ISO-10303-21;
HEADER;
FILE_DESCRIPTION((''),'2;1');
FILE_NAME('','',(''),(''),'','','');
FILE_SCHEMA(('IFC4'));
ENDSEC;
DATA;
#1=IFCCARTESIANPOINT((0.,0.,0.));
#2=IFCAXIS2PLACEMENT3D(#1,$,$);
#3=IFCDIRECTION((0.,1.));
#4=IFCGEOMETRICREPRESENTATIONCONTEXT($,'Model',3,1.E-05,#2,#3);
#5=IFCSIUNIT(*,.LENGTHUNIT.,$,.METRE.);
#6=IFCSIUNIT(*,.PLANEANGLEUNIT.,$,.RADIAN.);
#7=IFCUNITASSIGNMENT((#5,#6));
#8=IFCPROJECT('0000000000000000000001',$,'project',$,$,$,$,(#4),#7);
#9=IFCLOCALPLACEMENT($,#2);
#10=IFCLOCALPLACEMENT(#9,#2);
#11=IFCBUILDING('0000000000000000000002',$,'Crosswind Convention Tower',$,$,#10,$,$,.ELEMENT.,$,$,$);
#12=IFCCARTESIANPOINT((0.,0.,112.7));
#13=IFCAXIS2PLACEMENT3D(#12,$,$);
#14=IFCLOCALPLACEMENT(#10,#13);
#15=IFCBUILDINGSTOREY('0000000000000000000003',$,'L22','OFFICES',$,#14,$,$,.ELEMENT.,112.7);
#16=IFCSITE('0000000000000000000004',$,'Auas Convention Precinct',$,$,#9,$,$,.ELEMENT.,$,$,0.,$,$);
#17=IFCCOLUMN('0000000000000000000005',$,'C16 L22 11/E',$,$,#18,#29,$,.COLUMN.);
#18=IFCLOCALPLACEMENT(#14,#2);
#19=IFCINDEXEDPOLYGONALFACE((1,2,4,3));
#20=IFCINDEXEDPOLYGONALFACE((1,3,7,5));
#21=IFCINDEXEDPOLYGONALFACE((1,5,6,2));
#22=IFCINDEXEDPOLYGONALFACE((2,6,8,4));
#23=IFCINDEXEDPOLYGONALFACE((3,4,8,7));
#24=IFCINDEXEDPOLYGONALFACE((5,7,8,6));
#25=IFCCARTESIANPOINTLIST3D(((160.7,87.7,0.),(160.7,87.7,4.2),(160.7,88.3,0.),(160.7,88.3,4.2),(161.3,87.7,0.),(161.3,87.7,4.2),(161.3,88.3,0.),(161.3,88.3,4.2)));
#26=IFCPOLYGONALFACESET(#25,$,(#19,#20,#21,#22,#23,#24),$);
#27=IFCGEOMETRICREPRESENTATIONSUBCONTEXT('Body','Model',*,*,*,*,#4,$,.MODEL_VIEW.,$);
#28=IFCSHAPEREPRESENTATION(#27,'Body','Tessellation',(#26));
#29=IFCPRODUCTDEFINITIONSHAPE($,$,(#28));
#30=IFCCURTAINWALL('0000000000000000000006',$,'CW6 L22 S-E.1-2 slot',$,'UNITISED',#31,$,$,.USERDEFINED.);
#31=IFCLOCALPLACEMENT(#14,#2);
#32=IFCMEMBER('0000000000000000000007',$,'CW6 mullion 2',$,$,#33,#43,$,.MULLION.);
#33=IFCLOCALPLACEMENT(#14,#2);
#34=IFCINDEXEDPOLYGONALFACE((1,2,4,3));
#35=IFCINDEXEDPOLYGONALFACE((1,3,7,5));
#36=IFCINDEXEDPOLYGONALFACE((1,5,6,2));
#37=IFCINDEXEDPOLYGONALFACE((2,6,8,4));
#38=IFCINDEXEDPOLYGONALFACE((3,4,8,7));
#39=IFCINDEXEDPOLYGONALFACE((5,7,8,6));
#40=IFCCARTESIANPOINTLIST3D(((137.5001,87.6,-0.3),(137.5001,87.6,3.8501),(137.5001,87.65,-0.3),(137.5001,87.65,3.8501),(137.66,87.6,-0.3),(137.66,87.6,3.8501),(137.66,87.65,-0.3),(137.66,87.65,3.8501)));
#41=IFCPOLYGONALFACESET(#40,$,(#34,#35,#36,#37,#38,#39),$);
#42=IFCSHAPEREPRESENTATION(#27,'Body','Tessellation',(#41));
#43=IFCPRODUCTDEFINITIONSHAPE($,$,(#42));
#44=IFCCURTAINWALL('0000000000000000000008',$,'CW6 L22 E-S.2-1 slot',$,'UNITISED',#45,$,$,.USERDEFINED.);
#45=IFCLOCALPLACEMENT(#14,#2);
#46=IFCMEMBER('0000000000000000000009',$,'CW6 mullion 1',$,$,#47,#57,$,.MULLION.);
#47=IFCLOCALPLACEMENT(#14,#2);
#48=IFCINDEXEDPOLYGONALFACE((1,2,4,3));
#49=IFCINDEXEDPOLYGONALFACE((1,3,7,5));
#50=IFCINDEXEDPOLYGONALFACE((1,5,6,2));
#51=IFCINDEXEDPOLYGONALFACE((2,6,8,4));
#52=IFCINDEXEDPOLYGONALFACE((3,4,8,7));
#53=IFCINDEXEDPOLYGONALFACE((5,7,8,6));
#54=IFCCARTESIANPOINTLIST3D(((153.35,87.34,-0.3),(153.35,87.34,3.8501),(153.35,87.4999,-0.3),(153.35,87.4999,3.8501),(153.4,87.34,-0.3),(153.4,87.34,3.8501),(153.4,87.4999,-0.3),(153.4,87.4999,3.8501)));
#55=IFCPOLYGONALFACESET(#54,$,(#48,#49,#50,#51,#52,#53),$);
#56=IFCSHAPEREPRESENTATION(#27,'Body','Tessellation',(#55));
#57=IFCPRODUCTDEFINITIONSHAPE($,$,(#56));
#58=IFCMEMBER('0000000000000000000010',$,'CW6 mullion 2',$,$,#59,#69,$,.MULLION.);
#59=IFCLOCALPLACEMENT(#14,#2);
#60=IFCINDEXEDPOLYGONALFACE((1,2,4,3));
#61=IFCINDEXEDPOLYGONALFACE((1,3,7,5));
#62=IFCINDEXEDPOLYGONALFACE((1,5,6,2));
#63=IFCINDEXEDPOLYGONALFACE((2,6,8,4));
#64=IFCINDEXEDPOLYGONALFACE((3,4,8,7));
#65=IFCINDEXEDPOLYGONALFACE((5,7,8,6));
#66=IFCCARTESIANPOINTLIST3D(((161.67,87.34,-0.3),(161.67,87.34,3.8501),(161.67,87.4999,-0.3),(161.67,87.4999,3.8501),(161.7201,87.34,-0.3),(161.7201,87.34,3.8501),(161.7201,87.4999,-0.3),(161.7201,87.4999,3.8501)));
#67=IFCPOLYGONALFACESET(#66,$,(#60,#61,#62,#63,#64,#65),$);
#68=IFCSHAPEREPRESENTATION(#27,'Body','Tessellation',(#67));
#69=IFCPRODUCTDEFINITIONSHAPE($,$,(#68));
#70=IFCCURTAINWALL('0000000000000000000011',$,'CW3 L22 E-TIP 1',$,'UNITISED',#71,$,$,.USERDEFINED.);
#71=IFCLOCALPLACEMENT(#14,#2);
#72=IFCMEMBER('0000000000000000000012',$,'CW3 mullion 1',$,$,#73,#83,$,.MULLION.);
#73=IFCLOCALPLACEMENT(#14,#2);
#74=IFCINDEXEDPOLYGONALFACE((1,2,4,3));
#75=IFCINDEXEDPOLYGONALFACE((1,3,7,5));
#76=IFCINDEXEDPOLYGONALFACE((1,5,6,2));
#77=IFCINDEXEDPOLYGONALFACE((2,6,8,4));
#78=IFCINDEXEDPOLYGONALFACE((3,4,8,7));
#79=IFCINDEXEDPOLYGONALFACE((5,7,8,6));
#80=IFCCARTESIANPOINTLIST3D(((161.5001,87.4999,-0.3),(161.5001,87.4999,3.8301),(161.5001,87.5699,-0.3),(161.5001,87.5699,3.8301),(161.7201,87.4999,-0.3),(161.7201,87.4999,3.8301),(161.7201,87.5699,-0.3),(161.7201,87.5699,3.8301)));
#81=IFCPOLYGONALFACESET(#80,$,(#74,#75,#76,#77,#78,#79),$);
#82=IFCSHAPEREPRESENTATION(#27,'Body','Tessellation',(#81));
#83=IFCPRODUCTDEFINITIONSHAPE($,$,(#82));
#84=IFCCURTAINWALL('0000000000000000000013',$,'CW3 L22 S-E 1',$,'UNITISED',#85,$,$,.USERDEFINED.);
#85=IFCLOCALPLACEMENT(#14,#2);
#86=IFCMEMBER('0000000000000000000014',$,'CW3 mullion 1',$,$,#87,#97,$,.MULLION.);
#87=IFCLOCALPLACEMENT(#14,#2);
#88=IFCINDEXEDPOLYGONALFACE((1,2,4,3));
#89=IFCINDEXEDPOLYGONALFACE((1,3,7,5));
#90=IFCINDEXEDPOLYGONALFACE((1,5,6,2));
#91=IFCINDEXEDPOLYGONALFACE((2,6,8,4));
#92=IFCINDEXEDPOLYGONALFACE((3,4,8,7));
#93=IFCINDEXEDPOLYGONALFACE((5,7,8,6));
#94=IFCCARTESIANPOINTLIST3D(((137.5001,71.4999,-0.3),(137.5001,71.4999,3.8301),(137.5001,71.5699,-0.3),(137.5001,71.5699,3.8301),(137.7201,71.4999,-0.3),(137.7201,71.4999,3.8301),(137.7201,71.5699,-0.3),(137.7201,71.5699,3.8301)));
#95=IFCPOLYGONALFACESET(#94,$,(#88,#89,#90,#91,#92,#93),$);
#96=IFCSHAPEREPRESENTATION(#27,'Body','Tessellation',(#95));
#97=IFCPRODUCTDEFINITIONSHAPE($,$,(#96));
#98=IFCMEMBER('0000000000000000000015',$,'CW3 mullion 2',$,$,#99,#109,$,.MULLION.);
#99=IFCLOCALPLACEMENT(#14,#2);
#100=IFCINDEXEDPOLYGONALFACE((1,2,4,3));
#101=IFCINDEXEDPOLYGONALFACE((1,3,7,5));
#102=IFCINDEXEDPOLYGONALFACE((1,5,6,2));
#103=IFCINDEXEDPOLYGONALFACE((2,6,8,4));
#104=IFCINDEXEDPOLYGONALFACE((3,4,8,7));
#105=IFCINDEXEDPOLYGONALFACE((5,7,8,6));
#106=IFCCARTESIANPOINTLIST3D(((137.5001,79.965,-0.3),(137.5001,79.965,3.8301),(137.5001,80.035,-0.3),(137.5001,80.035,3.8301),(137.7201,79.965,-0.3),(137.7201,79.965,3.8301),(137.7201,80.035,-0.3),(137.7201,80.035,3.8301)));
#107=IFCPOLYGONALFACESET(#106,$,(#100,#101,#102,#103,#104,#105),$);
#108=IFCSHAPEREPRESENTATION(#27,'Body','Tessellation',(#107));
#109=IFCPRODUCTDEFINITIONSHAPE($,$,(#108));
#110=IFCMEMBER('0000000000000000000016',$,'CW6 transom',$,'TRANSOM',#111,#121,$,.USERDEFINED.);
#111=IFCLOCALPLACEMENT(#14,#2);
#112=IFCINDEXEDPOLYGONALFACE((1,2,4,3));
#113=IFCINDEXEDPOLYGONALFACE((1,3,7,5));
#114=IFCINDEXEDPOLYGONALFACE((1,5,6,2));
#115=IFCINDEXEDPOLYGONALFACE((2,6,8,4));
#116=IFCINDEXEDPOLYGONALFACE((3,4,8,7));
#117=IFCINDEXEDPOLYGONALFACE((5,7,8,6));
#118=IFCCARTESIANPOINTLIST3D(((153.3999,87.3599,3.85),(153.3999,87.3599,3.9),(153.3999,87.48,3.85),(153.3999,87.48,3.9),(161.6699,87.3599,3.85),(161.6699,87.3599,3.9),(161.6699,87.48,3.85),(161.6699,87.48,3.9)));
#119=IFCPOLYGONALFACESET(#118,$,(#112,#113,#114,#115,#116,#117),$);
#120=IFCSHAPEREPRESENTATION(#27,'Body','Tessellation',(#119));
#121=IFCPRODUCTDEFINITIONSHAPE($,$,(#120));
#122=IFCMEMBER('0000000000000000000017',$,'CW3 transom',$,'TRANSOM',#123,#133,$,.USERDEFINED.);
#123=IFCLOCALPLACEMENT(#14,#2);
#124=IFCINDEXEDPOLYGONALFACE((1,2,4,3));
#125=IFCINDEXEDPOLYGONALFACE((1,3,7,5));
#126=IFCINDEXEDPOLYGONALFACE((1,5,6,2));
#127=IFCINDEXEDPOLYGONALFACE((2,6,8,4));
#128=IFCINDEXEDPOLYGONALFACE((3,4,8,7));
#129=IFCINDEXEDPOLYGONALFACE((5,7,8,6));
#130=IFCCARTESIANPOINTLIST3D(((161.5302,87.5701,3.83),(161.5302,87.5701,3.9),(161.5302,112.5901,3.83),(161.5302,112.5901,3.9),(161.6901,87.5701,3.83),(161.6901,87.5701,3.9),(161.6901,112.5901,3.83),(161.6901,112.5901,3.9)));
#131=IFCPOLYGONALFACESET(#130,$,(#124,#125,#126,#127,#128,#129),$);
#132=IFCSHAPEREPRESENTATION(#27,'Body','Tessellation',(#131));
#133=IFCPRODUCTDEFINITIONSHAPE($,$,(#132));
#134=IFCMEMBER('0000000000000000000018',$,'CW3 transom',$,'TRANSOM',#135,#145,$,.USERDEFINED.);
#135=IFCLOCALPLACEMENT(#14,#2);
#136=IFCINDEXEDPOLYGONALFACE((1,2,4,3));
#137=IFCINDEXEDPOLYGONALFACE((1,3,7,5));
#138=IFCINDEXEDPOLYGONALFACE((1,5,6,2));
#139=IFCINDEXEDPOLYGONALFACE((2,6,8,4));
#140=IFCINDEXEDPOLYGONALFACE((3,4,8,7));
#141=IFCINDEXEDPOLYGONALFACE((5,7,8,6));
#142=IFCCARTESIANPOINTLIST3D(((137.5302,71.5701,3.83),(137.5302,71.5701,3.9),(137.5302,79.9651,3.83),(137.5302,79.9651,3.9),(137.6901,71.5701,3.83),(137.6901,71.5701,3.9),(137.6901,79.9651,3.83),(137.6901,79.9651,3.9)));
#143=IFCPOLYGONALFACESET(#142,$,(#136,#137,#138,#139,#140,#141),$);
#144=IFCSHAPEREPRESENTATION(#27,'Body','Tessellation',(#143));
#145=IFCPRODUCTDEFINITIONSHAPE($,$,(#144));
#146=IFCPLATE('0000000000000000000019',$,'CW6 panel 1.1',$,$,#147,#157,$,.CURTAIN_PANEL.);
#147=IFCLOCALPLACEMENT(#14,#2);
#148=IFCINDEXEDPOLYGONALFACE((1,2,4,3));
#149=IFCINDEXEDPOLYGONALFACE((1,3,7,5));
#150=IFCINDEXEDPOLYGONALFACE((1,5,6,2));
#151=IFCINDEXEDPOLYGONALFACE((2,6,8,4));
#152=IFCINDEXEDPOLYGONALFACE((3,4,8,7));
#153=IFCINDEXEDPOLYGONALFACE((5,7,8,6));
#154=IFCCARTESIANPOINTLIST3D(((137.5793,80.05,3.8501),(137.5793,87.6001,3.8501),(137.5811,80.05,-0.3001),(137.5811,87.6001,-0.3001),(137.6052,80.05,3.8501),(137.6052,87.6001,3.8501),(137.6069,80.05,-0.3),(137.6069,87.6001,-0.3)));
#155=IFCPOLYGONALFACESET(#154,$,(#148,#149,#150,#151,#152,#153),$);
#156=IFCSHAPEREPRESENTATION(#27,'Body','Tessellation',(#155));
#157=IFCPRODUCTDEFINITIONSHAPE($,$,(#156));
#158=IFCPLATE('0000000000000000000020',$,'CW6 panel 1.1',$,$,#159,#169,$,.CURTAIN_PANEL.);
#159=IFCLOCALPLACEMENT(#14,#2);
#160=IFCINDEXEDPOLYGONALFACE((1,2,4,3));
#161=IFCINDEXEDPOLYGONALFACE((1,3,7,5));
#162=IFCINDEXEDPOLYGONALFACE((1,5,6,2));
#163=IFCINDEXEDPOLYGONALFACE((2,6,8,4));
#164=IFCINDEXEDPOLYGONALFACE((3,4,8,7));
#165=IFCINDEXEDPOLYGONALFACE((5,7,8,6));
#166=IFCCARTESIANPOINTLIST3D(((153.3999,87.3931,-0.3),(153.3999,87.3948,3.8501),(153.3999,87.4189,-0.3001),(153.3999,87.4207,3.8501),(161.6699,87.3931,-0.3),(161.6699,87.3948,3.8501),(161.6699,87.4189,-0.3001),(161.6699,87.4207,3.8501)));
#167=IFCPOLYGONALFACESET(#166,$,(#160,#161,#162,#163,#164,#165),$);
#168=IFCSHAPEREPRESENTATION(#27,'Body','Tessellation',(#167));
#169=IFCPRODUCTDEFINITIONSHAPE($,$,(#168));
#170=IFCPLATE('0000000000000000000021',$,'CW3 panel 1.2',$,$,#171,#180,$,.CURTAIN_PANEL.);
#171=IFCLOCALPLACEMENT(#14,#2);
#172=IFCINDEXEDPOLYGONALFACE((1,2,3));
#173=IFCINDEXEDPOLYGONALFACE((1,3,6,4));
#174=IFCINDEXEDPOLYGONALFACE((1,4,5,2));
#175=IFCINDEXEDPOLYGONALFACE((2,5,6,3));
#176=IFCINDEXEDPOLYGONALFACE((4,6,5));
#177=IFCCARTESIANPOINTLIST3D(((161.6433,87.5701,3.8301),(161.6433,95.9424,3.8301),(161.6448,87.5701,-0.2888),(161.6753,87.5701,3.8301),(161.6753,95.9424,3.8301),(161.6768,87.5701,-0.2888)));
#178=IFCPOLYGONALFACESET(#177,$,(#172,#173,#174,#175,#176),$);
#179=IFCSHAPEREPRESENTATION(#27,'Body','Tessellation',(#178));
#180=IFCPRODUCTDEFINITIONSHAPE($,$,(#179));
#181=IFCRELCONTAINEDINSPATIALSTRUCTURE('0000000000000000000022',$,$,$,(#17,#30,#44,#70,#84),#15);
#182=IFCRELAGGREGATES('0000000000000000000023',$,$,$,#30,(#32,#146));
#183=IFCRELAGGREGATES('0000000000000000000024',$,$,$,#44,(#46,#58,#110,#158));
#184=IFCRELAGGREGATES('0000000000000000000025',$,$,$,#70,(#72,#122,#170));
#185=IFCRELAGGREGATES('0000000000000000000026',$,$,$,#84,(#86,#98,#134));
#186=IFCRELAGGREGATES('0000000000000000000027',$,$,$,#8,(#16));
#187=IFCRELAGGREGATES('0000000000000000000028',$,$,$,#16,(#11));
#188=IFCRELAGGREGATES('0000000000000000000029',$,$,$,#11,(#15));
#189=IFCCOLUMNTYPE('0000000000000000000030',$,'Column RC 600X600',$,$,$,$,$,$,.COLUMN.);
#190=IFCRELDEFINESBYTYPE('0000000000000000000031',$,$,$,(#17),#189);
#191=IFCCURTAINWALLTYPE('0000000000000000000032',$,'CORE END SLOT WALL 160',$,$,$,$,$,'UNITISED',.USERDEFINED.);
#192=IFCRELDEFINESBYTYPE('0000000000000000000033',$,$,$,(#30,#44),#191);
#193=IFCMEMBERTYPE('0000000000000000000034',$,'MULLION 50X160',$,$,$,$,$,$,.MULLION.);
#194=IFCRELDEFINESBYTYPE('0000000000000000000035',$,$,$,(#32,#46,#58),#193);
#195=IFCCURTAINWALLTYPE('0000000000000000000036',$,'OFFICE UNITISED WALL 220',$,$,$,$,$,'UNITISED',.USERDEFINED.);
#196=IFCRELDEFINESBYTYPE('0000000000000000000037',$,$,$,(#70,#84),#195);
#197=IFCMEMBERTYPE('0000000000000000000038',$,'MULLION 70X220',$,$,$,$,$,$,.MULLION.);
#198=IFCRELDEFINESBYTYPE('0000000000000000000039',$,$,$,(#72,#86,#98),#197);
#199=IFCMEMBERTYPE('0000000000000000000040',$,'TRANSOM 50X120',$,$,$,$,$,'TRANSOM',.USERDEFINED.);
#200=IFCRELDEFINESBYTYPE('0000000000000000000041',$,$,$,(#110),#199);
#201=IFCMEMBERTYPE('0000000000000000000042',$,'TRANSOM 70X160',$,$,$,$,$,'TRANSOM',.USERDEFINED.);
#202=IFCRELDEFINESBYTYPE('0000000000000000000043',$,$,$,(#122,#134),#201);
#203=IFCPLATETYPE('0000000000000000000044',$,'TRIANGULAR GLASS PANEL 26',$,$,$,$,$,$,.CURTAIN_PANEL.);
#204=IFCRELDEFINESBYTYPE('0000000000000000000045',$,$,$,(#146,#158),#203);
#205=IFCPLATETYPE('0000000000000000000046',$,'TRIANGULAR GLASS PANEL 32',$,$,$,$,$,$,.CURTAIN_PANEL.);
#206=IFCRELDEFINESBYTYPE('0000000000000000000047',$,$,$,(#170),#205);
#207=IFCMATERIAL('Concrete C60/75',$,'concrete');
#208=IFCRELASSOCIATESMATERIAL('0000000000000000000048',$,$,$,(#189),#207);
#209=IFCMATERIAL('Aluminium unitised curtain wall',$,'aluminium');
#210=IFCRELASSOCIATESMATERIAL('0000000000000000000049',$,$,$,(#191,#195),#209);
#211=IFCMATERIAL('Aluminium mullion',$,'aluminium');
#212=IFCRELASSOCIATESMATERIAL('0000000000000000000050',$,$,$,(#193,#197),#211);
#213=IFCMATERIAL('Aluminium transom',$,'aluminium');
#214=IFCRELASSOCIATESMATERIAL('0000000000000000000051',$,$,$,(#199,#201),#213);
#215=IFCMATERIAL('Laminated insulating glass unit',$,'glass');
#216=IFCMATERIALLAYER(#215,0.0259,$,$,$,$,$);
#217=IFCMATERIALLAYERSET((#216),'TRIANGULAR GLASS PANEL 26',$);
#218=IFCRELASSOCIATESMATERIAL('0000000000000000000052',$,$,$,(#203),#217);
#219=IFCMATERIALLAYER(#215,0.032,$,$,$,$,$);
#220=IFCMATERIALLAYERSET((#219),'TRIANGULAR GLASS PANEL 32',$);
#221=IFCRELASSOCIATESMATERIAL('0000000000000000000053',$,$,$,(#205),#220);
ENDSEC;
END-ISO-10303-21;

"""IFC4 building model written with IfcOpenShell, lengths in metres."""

from ifc_helpers import new_model, si_unit, direction, frame, origin, origin_2d, place, context, subcontext, project, spatial, polyline, rectangle, outline, extrude, material, layer, layer_set, material_profile, profile_set, type_object, element, aggregate, save


model = new_model("IFC4")

# Units and contexts
model_context = context("Model", 3, precision=1e-05, world=origin(), true_north=direction((0.0, 1.0)))
body_context = subcontext(model_context, "Body", "Model", "MODEL_VIEW")
ifc_project = project(units=[si_unit("LENGTHUNIT", "METRE"), si_unit("PLANEANGLEUNIT", "RADIAN")], contexts=[model_context])

# Site, building, storey
site_placement = place(None, origin())
site = spatial("IfcSite", under=ifc_project, at=site_placement, Name="Auas Convention Precinct", CompositionType="ELEMENT", RefElevation=0.0)
building_placement = place(site_placement, origin())
building = spatial("IfcBuilding", under=site, at=building_placement, Name="Crosswind Convention Tower", CompositionType="ELEMENT")
storey_placement = place(building_placement, frame((0.0, 0.0, 112.7)))
storey = spatial("IfcBuildingStorey", under=building, at=storey_placement, Name="L22", Description="OFFICES", CompositionType="ELEMENT", Elevation=112.7)

# Column
ifc_material_1 = material(Name="Concrete C60/75", Category="concrete")
ifc_material_profile_1 = material_profile(ifc_material_1, rectangle(XDim=0.6001, YDim=0.6001, at=origin_2d()), Name="RC 600X600")
ifc_profile_set_1 = profile_set([ifc_material_profile_1], Name="Concrete C60/75")
column_type = type_object("IfcColumnType", Name="Column RC 600X600", PredefinedType="COLUMN", material=ifc_profile_set_1)
column_placement = place(storey_placement, frame((161.0, 88.0, 0.0), z_axis=(0.0, 0.0, 1.0), x_axis=(1.0, 0.0, 0.0)))
element("IfcColumn", 1, at=column_placement, inside=storey, type_object=column_type, Name="C16 L22 11/E", PredefinedType="COLUMN", context=body_context, shape_type="SweptSolid", body=[
    extrude(rectangle(XDim=0.6001, YDim=0.6001, at=origin_2d()), origin(), (0.0, 0.0, 1.0), 4.2),
])

# Curtain wall, member
ifc_material_2 = material(Name="Aluminium unitised curtain wall", Category="aluminium")
curtain_wall_type_1 = type_object("IfcCurtainWallType", Name="CORE END SLOT WALL 160", ElementType="UNITISED", PredefinedType="USERDEFINED", material=ifc_material_2)
curtain_wall_1_placement = place(storey_placement, origin())
curtain_wall_1 = element("IfcCurtainWall", 2, at=curtain_wall_1_placement, inside=storey, type_object=curtain_wall_type_1, Name="CW6 L22 S-E.1-2 slot", ObjectType="UNITISED", PredefinedType="USERDEFINED")
ifc_material_3 = material(Name="Aluminium mullion", Category="aluminium")
ifc_material_profile_2 = material_profile(ifc_material_3, rectangle(XDim=0.1599, YDim=0.05, at=origin_2d()), Name="AL 160X50")
ifc_profile_set_2 = profile_set([ifc_material_profile_2], Name="Aluminium mullion")
member_type_1 = type_object("IfcMemberType", Name="MULLION 50X160", PredefinedType="MULLION", material=ifc_profile_set_2)
member_1_placement = place(storey_placement, frame((137.5801, 87.625, -0.3), z_axis=(0.0, 0.0, 1.0), x_axis=(1.0, 0.0, 0.0)))
member_1 = element("IfcMember", 3, at=member_1_placement, type_object=member_type_1, Name="CW6 mullion 2", PredefinedType="MULLION", context=body_context, shape_type="SweptSolid", body=[
    extrude(rectangle(XDim=0.1599, YDim=0.05, at=origin_2d()), origin(), (0.0, 0.0, 1.0), 4.1501),
])

# Curtain wall, members
curtain_wall_2_placement = place(storey_placement, origin())
curtain_wall_2 = element("IfcCurtainWall", 4, at=curtain_wall_2_placement, inside=storey, type_object=curtain_wall_type_1, Name="CW6 L22 E-S.2-1 slot", ObjectType="UNITISED", PredefinedType="USERDEFINED")
member_2_placement = place(storey_placement, frame((153.375, 87.4199, -0.3), z_axis=(0.0, 0.0, 1.0), x_axis=(0.0, -1.0, 0.0)))
member_2 = element("IfcMember", 5, at=member_2_placement, type_object=member_type_1, Name="CW6 mullion 1", PredefinedType="MULLION", context=body_context, shape_type="SweptSolid", body=[
    extrude(rectangle(XDim=0.1599, YDim=0.05, at=origin_2d()), origin(), (0.0, 0.0, 1.0), 4.1501),
])
member_3_placement = place(storey_placement, frame((161.6951, 87.4199, -0.3), z_axis=(0.0, 0.0, 1.0), x_axis=(0.0, -1.0, 0.0)))
member_3 = element("IfcMember", 6, at=member_3_placement, type_object=member_type_1, Name="CW6 mullion 2", PredefinedType="MULLION", context=body_context, shape_type="SweptSolid", body=[
    extrude(rectangle(XDim=0.1599, YDim=0.05, at=origin_2d()), origin(), (0.0, 0.0, 1.0), 4.1501),
])

# Curtain wall, member
curtain_wall_type_2 = type_object("IfcCurtainWallType", Name="OFFICE UNITISED WALL 220", ElementType="UNITISED", PredefinedType="USERDEFINED", material=ifc_material_2)
curtain_wall_3_placement = place(storey_placement, origin())
curtain_wall_3 = element("IfcCurtainWall", 7, at=curtain_wall_3_placement, inside=storey, type_object=curtain_wall_type_2, Name="CW3 L22 E-TIP 1", ObjectType="UNITISED", PredefinedType="USERDEFINED")
ifc_material_profile_3 = material_profile(ifc_material_3, rectangle(XDim=0.22, YDim=0.0701, at=origin_2d()), Name="AL 220X70")
ifc_profile_set_3 = profile_set([ifc_material_profile_3], Name="Aluminium mullion")
member_type_2 = type_object("IfcMemberType", Name="MULLION 70X220", PredefinedType="MULLION", material=ifc_profile_set_3)
member_4_placement = place(storey_placement, frame((161.6101, 87.5349, -0.3), z_axis=(0.0, 0.0, 1.0), x_axis=(1.0, 0.0, 0.0)))
member_4 = element("IfcMember", 8, at=member_4_placement, type_object=member_type_2, Name="CW3 mullion 1", PredefinedType="MULLION", context=body_context, shape_type="SweptSolid", body=[
    extrude(rectangle(XDim=0.22, YDim=0.0701, at=origin_2d()), origin(), (0.0, 0.0, 1.0), 4.1301),
])

# Curtain wall, members
curtain_wall_4_placement = place(storey_placement, origin())
curtain_wall_4 = element("IfcCurtainWall", 9, at=curtain_wall_4_placement, inside=storey, type_object=curtain_wall_type_2, Name="CW3 L22 S-E 1", ObjectType="UNITISED", PredefinedType="USERDEFINED")
member_5_placement = place(storey_placement, frame((137.6101, 71.5349, -0.3), z_axis=(0.0, 0.0, 1.0), x_axis=(1.0, 0.0, 0.0)))
member_5 = element("IfcMember", 10, at=member_5_placement, type_object=member_type_2, Name="CW3 mullion 1", PredefinedType="MULLION", context=body_context, shape_type="SweptSolid", body=[
    extrude(rectangle(XDim=0.22, YDim=0.0701, at=origin_2d()), origin(), (0.0, 0.0, 1.0), 4.1301),
])
member_6_placement = place(storey_placement, frame((137.6101, 80.0, -0.3), z_axis=(0.0, 0.0, 1.0), x_axis=(1.0, 0.0, 0.0)))
member_6 = element("IfcMember", 11, at=member_6_placement, type_object=member_type_2, Name="CW3 mullion 2", PredefinedType="MULLION", context=body_context, shape_type="SweptSolid", body=[
    extrude(rectangle(XDim=0.22, YDim=0.0701, at=origin_2d()), origin(), (0.0, 0.0, 1.0), 4.1301),
])

# Members
ifc_material_4 = material(Name="Aluminium transom", Category="aluminium")
ifc_material_profile_4 = material_profile(ifc_material_4, rectangle(XDim=0.1201, YDim=0.05, at=origin_2d()), Name="AL 120X50")
ifc_profile_set_4 = profile_set([ifc_material_profile_4], Name="Aluminium transom")
member_type_3 = type_object("IfcMemberType", Name="TRANSOM 50X120", ElementType="TRANSOM", PredefinedType="USERDEFINED", material=ifc_profile_set_4)
member_7_placement = place(storey_placement, frame((153.3999, 87.4199, 3.875), z_axis=(1.0, 0.0, 0.0), x_axis=(0.0, 1.0, 0.0)))
member_7 = element("IfcMember", 12, at=member_7_placement, type_object=member_type_3, Name="CW6 transom", ObjectType="TRANSOM", PredefinedType="USERDEFINED", context=body_context, shape_type="SweptSolid", body=[
    extrude(rectangle(XDim=0.1201, YDim=0.05, at=origin_2d()), origin(), (0.0, 0.0, 1.0), 8.27),
])
ifc_material_profile_5 = material_profile(ifc_material_4, rectangle(XDim=0.1599, YDim=0.0701, at=origin_2d()), Name="AL 160X70")
ifc_profile_set_5 = profile_set([ifc_material_profile_5], Name="Aluminium transom")
member_type_4 = type_object("IfcMemberType", Name="TRANSOM 70X160", ElementType="TRANSOM", PredefinedType="USERDEFINED", material=ifc_profile_set_5)
member_8_placement = place(storey_placement, frame((161.6101, 87.5701, 3.865), z_axis=(0.0, 1.0, 0.0), x_axis=(-1.0, 0.0, 0.0)))
member_8 = element("IfcMember", 13, at=member_8_placement, type_object=member_type_4, Name="CW3 transom", ObjectType="TRANSOM", PredefinedType="USERDEFINED", context=body_context, shape_type="SweptSolid", body=[
    extrude(rectangle(XDim=0.1599, YDim=0.0701, at=origin_2d()), origin(), (0.0, 0.0, 1.0), 25.02),
])
member_9_placement = place(storey_placement, frame((137.6101, 71.5701, 3.865), z_axis=(0.0, 1.0, 0.0), x_axis=(-1.0, 0.0, 0.0)))
member_9 = element("IfcMember", 14, at=member_9_placement, type_object=member_type_4, Name="CW3 transom", ObjectType="TRANSOM", PredefinedType="USERDEFINED", context=body_context, shape_type="SweptSolid", body=[
    extrude(rectangle(XDim=0.1599, YDim=0.0701, at=origin_2d()), origin(), (0.0, 0.0, 1.0), 8.395),
])

# Plates
ifc_material_5 = material(Name="Laminated insulating glass unit", Category="glass")
ifc_layer_1 = layer(ifc_material_5, 0.0259)
ifc_layer_set_1 = layer_set([ifc_layer_1], Name="TRIANGULAR GLASS PANEL 26")
plate_type_1 = type_object("IfcPlateType", Name="TRIANGULAR GLASS PANEL 26", PredefinedType="CURTAIN_PANEL", material=ifc_layer_set_1)
plate_1_placement = place(storey_placement, frame((137.6069, 80.05, -0.3), z_axis=(1.0, 0.0, 0.000412), x_axis=(0.0, 1.0, 0.0)))
plate_1 = element("IfcPlate", 15, at=plate_1_placement, type_object=plate_type_1, Name="CW6 panel 1.1", PredefinedType="CURTAIN_PANEL", context=body_context, shape_type="SweptSolid", body=[
    extrude(outline(polyline([(0.0, 0.0), (7.55, 0.0), (7.55, 4.1501), (0.0, 4.1501), (0.0, 0.0)])), origin(), (0.0, 0.0, -1.0), 0.0259),
])
aggregate(curtain_wall_1, [member_1, plate_1])
plate_2_placement = place(storey_placement, frame((153.3999, 87.3931, -0.3), z_axis=(0.0, -1.0, 0.000412), x_axis=(1.0, 0.0, 0.0)))
plate_2 = element("IfcPlate", 16, at=plate_2_placement, type_object=plate_type_1, Name="CW6 panel 1.1", PredefinedType="CURTAIN_PANEL", context=body_context, shape_type="SweptSolid", body=[
    extrude(outline(polyline([(0.0, 0.0), (8.27, 0.0), (8.27, 4.1501), (0.0, 4.1501), (0.0, 0.0)])), origin(), (0.0, 0.0, -1.0), 0.0259),
])
aggregate(curtain_wall_2, [member_2, member_3, member_7, plate_2])
ifc_layer_2 = layer(ifc_material_5, 0.032)
ifc_layer_set_2 = layer_set([ifc_layer_2], Name="TRIANGULAR GLASS PANEL 32")
plate_type_2 = type_object("IfcPlateType", Name="TRIANGULAR GLASS PANEL 32", PredefinedType="CURTAIN_PANEL", material=ifc_layer_set_2)
plate_3_placement = place(storey_placement, frame((161.6753, 87.5701, 3.8301), z_axis=(1.0, 0.0, 0.000356), x_axis=(0.000356, 0.0, -1.0)))
plate_3 = element("IfcPlate", 17, at=plate_3_placement, type_object=plate_type_2, Name="CW3 panel 1.2", PredefinedType="CURTAIN_PANEL", context=body_context, shape_type="SweptSolid", body=[
    extrude(outline(polyline([(0.0, 0.0), (4.1189, 0.0), (0.0, 8.3723), (0.0, 0.0)])), origin(), (0.0, 0.0, -1.0), 0.032),
])

aggregate(curtain_wall_3, [member_4, member_8, plate_3])
aggregate(curtain_wall_4, [member_5, member_6, member_9])

save(model, "model.ifc")
